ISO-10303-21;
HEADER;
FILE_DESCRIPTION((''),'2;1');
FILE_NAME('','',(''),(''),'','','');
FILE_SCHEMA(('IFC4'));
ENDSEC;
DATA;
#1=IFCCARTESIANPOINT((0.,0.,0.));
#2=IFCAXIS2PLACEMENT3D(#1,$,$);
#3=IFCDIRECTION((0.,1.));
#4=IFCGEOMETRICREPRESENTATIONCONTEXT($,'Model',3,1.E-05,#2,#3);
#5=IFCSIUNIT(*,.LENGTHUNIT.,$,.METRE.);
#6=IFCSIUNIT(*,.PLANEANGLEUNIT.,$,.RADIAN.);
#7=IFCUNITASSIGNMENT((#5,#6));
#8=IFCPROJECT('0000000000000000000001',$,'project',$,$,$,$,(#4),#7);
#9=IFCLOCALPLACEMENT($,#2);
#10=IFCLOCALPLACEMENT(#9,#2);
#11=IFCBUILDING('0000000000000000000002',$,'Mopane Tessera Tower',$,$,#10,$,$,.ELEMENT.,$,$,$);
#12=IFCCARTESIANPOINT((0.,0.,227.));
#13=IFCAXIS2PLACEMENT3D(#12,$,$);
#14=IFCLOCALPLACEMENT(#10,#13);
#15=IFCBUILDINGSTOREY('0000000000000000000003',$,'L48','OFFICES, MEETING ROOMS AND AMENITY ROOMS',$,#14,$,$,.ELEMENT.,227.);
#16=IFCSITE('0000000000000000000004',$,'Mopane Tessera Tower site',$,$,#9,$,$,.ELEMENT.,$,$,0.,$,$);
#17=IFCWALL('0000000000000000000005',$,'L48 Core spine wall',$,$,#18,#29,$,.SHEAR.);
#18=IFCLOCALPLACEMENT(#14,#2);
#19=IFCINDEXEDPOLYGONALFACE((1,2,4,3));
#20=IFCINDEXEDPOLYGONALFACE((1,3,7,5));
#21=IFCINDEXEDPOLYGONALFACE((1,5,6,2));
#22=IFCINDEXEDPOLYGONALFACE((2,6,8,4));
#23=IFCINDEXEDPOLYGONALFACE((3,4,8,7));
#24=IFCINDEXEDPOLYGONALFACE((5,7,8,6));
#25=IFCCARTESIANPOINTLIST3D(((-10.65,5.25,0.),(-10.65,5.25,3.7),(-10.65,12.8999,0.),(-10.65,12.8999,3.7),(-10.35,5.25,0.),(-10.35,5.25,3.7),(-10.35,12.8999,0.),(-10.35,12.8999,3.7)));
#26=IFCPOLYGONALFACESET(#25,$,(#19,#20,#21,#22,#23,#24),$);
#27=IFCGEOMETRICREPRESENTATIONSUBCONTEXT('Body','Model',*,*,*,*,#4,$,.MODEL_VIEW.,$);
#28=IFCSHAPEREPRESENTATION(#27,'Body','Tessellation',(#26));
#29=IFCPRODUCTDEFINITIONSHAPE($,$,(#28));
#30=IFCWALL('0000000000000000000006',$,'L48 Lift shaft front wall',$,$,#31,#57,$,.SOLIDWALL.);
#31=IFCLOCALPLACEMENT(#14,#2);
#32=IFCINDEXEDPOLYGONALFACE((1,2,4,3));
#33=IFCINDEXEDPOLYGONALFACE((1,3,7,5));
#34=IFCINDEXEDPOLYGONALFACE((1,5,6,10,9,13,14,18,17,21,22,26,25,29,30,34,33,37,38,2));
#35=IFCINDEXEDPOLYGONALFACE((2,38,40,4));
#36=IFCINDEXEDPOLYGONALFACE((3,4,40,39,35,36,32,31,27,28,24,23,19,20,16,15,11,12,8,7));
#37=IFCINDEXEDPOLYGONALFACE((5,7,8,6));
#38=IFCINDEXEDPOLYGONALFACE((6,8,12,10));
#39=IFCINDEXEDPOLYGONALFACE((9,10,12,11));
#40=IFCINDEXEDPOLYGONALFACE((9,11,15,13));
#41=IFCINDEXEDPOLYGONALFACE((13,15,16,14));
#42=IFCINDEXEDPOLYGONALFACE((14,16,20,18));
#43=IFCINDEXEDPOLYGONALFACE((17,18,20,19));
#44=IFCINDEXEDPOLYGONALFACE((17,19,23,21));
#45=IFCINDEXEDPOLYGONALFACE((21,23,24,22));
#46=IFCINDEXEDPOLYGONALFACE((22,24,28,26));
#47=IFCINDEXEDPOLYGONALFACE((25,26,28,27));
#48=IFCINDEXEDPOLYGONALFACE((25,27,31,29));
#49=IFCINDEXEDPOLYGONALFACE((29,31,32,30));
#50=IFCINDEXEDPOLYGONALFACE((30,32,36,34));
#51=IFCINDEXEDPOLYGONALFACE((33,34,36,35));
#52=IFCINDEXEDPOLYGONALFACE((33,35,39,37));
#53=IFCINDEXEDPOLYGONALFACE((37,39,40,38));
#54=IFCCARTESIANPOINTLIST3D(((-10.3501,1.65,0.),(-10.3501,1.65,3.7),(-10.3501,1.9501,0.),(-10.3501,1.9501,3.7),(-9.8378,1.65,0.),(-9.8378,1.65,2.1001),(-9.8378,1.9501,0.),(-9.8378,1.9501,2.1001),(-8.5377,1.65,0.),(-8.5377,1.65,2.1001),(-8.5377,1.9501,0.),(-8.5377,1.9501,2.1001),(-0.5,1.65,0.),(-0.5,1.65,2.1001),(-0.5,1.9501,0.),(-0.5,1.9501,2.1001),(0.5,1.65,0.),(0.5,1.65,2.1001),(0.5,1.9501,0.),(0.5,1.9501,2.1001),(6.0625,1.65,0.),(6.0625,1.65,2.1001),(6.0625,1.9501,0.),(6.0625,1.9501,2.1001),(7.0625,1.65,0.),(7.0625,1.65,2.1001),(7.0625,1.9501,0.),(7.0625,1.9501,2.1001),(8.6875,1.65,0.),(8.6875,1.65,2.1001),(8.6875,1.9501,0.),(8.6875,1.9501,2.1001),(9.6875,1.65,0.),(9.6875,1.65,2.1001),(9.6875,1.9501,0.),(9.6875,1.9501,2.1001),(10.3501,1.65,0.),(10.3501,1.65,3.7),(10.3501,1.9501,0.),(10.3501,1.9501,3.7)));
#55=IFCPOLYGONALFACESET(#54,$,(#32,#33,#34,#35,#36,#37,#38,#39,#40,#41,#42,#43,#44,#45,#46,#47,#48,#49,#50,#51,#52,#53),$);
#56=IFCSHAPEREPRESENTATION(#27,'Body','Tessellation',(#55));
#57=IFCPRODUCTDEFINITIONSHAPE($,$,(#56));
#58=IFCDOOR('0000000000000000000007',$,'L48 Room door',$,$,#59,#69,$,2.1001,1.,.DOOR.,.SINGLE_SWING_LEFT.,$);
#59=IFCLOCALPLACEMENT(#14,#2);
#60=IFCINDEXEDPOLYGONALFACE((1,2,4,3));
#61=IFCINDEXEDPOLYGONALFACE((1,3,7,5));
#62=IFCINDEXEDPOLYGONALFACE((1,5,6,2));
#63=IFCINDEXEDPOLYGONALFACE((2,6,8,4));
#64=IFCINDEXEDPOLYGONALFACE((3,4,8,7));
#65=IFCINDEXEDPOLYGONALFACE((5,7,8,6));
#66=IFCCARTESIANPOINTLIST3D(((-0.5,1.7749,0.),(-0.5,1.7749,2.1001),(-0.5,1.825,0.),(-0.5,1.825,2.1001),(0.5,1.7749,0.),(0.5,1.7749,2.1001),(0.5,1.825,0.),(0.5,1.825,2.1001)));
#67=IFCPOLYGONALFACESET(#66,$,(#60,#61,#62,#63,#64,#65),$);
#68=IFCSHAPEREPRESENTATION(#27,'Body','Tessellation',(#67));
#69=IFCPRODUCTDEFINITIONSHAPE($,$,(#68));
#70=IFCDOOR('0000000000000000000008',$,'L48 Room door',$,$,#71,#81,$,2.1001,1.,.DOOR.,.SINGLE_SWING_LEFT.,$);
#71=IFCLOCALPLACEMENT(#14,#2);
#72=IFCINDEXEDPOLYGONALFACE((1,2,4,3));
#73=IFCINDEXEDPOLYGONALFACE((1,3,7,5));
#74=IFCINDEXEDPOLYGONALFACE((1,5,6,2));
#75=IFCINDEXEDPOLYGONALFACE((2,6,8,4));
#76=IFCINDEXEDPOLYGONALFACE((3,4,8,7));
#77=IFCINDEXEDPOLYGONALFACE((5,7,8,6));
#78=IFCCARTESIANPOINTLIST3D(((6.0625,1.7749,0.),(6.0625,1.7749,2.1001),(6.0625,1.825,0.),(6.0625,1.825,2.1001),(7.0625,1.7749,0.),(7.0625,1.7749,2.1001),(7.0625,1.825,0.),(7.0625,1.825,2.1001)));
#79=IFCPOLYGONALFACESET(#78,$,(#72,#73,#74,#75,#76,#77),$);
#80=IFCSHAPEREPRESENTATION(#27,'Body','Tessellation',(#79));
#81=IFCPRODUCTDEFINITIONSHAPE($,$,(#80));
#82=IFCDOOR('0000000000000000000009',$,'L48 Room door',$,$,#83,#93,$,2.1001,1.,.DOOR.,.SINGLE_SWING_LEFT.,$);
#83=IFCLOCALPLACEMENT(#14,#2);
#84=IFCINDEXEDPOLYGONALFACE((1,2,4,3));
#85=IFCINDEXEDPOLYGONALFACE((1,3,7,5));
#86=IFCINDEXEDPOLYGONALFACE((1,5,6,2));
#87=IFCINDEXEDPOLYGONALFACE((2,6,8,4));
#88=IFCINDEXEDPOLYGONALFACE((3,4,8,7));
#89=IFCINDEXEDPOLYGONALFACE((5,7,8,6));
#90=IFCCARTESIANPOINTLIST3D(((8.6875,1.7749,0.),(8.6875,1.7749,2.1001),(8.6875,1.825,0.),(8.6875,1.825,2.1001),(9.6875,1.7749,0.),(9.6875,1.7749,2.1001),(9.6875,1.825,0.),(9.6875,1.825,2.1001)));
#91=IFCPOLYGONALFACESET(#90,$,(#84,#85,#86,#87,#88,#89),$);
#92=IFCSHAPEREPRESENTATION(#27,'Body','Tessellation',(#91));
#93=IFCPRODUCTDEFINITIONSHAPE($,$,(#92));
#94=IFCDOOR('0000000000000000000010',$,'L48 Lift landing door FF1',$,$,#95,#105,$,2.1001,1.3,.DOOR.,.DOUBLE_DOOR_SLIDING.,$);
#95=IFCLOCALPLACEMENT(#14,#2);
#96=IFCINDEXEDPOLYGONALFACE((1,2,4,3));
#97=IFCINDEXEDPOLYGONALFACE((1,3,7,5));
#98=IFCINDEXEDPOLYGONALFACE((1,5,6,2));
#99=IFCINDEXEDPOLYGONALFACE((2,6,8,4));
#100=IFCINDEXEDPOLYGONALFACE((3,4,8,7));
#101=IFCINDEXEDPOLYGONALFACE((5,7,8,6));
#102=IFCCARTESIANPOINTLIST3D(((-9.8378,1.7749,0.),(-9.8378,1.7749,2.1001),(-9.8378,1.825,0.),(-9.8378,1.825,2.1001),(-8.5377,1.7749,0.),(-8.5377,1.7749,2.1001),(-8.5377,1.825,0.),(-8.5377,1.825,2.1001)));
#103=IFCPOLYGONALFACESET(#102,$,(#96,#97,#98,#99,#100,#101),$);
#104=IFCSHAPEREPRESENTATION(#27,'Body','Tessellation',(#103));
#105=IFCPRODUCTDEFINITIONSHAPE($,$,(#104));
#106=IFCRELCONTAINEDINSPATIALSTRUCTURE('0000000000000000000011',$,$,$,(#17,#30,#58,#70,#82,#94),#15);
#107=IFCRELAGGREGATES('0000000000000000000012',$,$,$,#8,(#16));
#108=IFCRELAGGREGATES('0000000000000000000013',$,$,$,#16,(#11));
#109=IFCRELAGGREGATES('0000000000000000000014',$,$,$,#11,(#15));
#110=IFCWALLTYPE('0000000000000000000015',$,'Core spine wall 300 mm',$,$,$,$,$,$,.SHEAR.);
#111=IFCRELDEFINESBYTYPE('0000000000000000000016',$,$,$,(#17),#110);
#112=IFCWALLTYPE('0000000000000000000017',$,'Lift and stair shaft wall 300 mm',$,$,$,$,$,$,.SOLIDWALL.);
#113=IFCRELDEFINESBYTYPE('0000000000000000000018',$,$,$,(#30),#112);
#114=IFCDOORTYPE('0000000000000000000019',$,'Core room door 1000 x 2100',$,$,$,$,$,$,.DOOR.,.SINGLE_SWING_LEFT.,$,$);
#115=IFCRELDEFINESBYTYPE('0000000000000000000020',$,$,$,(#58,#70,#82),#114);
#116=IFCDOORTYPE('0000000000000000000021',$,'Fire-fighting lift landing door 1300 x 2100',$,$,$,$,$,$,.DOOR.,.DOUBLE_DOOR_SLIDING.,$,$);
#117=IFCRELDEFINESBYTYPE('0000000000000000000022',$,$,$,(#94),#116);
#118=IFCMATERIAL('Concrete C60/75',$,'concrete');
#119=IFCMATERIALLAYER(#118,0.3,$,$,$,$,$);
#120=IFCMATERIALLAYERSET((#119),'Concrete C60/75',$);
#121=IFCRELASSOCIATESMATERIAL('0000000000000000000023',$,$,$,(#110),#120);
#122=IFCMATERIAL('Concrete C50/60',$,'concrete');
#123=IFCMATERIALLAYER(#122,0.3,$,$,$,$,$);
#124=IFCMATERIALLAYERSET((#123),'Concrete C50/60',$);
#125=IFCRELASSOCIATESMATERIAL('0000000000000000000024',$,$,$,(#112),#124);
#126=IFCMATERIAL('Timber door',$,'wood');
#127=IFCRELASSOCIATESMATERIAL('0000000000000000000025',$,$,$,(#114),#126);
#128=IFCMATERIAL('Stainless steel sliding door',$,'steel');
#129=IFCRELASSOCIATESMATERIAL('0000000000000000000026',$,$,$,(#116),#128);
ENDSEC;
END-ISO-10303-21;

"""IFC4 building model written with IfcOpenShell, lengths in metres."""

from ifc_helpers import new_model, si_unit, direction, frame, frame_2d, origin, place, context, subcontext, project, spatial, rectangle, extrude, material, layer, layer_set, type_object, element, fill, save


model = new_model("IFC4")

# Units and contexts
model_context = context("Model", 3, precision=1e-05, world=origin(), true_north=direction((0.0, 1.0)))
body_context = subcontext(model_context, "Body", "Model", "MODEL_VIEW")
ifc_project = project(units=[si_unit("LENGTHUNIT", "METRE"), si_unit("PLANEANGLEUNIT", "RADIAN")], contexts=[model_context])

# Site, building, storey
site_placement = place(None, origin())
site = spatial("IfcSite", under=ifc_project, at=site_placement, Name="Mopane Tessera Tower site", CompositionType="ELEMENT", RefElevation=0.0)
building_placement = place(site_placement, origin())
building = spatial("IfcBuilding", under=site, at=building_placement, Name="Mopane Tessera Tower", CompositionType="ELEMENT")
storey_placement = place(building_placement, frame((0.0, 0.0, 227.0)))
storey = spatial("IfcBuildingStorey", under=building, at=storey_placement, Name="L48", Description="OFFICES, MEETING ROOMS AND AMENITY ROOMS", CompositionType="ELEMENT", Elevation=227.0)

# Wall
ifc_material_1 = material(Name="Concrete C60/75", Category="concrete")
ifc_layer_1 = layer(ifc_material_1, 0.3)
ifc_layer_set_1 = layer_set([ifc_layer_1], Name="Concrete C60/75")
wall_type_1 = type_object("IfcWallType", Name="Core spine wall 300 mm", PredefinedType="SHEAR", material=ifc_layer_set_1)
wall_1_placement = place(storey_placement, frame((-10.5, 5.25, 0.0), z_axis=(0.0, 0.0, 1.0), x_axis=(0.0, 1.0, 0.0)))
element("IfcWall", 1, at=wall_1_placement, inside=storey, type_object=wall_type_1, Name="L48 Core spine wall", PredefinedType="SHEAR", context=body_context, shape_type="SweptSolid", body=[
    extrude(rectangle(XDim=7.6499, YDim=0.3, at=frame_2d((3.825, 0.0))), origin(), (0.0, 0.0, 1.0), 3.7),
])

# Wall, openings, doors
ifc_material_2 = material(Name="Concrete C50/60", Category="concrete")
ifc_layer_2 = layer(ifc_material_2, 0.3)
ifc_layer_set_2 = layer_set([ifc_layer_2], Name="Concrete C50/60")
wall_type_2 = type_object("IfcWallType", Name="Lift and stair shaft wall 300 mm", PredefinedType="SOLIDWALL", material=ifc_layer_set_2)
wall_2_placement = place(storey_placement, frame((-10.3501, 1.8, 0.0), z_axis=(0.0, 0.0, 1.0), x_axis=(1.0, 0.0, 0.0)))
wall_2 = element("IfcWall", 2, at=wall_2_placement, inside=storey, type_object=wall_type_2, Name="L48 Lift shaft front wall", PredefinedType="SOLIDWALL", context=body_context, shape_type="SweptSolid", body=[
    extrude(rectangle(XDim=20.7002, YDim=0.3, at=frame_2d((10.3501, 0.0))), origin(), (0.0, 0.0, 1.0), 3.7),
])
opening_1_placement = place(wall_2_placement, frame((0.5125, 0.0, 0.0)))
opening_1 = element("IfcOpeningElement", 3, at=opening_1_placement, cuts=wall_2, PredefinedType="OPENING", context=body_context, shape_type="SweptSolid", body=[
    extrude(rectangle(XDim=1.3, YDim=2.1001, at=frame_2d((0.6499, 1.05))), frame((0.0, 0.1621, 0.0), z_axis=(0.0, -1.0, 0.0), x_axis=(1.0, 0.0, 0.0)), (0.0, 0.0, 1.0), 0.324),
])
opening_2_placement = place(wall_2_placement, frame((9.8501, 0.0, 0.0)))
opening_2 = element("IfcOpeningElement", 4, at=opening_2_placement, cuts=wall_2, PredefinedType="OPENING", context=body_context, shape_type="SweptSolid", body=[
    extrude(rectangle(XDim=1.0, YDim=2.1001, at=frame_2d((0.5, 1.05))), frame((0.0, 0.1621, 0.0), z_axis=(0.0, -1.0, 0.0), x_axis=(1.0, 0.0, 0.0)), (0.0, 0.0, 1.0), 0.324),
])
opening_3_placement = place(wall_2_placement, frame((16.4126, 0.0, 0.0)))
opening_3 = element("IfcOpeningElement", 5, at=opening_3_placement, cuts=wall_2, PredefinedType="OPENING", context=body_context, shape_type="SweptSolid", body=[
    extrude(rectangle(XDim=1.0, YDim=2.1001, at=frame_2d((0.5, 1.05))), frame((0.0, 0.1621, 0.0), z_axis=(0.0, -1.0, 0.0), x_axis=(1.0, 0.0, 0.0)), (0.0, 0.0, 1.0), 0.324),
])
opening_4_placement = place(wall_2_placement, frame((19.0376, 0.0, 0.0)))
opening_4 = element("IfcOpeningElement", 6, at=opening_4_placement, cuts=wall_2, PredefinedType="OPENING", context=body_context, shape_type="SweptSolid", body=[
    extrude(rectangle(XDim=1.0, YDim=2.1001, at=frame_2d((0.5, 1.05))), frame((0.0, 0.1621, 0.0), z_axis=(0.0, -1.0, 0.0), x_axis=(1.0, 0.0, 0.0)), (0.0, 0.0, 1.0), 0.324),
])
ifc_material_3 = material(Name="Timber door", Category="wood")
door_type_1 = type_object("IfcDoorType", Name="Core room door 1000 x 2100", OperationType="SINGLE_SWING_LEFT", PredefinedType="DOOR", material=ifc_material_3)
door_1_placement = place(opening_2_placement, origin())
door_1 = element("IfcDoor", 7, at=door_1_placement, inside=storey, type_object=door_type_1, Name="L48 Room door", OperationType="SINGLE_SWING_LEFT", OverallHeight=2.1001, OverallWidth=1.0, PredefinedType="DOOR", context=body_context, shape_type="SweptSolid", body=[
    extrude(rectangle(XDim=1.0, YDim=2.1001, at=frame_2d((0.5, 1.05))), frame((0.0, 0.0249, 0.0), z_axis=(0.0, -1.0, 0.0), x_axis=(1.0, 0.0, 0.0)), (0.0, 0.0, 1.0), 0.05),
])
fill(opening_2, door_1)
door_2_placement = place(opening_3_placement, origin())
door_2 = element("IfcDoor", 8, at=door_2_placement, inside=storey, type_object=door_type_1, Name="L48 Room door", OperationType="SINGLE_SWING_LEFT", OverallHeight=2.1001, OverallWidth=1.0, PredefinedType="DOOR", context=body_context, shape_type="SweptSolid", body=[
    extrude(rectangle(XDim=1.0, YDim=2.1001, at=frame_2d((0.5, 1.05))), frame((0.0, 0.0249, 0.0), z_axis=(0.0, -1.0, 0.0), x_axis=(1.0, 0.0, 0.0)), (0.0, 0.0, 1.0), 0.05),
])
fill(opening_3, door_2)
door_3_placement = place(opening_4_placement, origin())
door_3 = element("IfcDoor", 9, at=door_3_placement, inside=storey, type_object=door_type_1, Name="L48 Room door", OperationType="SINGLE_SWING_LEFT", OverallHeight=2.1001, OverallWidth=1.0, PredefinedType="DOOR", context=body_context, shape_type="SweptSolid", body=[
    extrude(rectangle(XDim=1.0, YDim=2.1001, at=frame_2d((0.5, 1.05))), frame((0.0, 0.0249, 0.0), z_axis=(0.0, -1.0, 0.0), x_axis=(1.0, 0.0, 0.0)), (0.0, 0.0, 1.0), 0.05),
])
fill(opening_4, door_3)
ifc_material_4 = material(Name="Stainless steel sliding door", Category="steel")
door_type_2 = type_object("IfcDoorType", Name="Fire-fighting lift landing door 1300 x 2100", OperationType="DOUBLE_DOOR_SLIDING", PredefinedType="DOOR", material=ifc_material_4)
door_4_placement = place(opening_1_placement, origin())
door_4 = element("IfcDoor", 10, at=door_4_placement, inside=storey, type_object=door_type_2, Name="L48 Lift landing door FF1", OperationType="DOUBLE_DOOR_SLIDING", OverallHeight=2.1001, OverallWidth=1.3, PredefinedType="DOOR", context=body_context, shape_type="SweptSolid", body=[
    extrude(rectangle(XDim=1.3, YDim=2.1001, at=frame_2d((0.6499, 1.05))), frame((0.0, 0.0249, 0.0), z_axis=(0.0, -1.0, 0.0), x_axis=(1.0, 0.0, 0.0)), (0.0, 0.0, 1.0), 0.05),
])
fill(opening_1, door_4)

save(model, "model.ifc")
